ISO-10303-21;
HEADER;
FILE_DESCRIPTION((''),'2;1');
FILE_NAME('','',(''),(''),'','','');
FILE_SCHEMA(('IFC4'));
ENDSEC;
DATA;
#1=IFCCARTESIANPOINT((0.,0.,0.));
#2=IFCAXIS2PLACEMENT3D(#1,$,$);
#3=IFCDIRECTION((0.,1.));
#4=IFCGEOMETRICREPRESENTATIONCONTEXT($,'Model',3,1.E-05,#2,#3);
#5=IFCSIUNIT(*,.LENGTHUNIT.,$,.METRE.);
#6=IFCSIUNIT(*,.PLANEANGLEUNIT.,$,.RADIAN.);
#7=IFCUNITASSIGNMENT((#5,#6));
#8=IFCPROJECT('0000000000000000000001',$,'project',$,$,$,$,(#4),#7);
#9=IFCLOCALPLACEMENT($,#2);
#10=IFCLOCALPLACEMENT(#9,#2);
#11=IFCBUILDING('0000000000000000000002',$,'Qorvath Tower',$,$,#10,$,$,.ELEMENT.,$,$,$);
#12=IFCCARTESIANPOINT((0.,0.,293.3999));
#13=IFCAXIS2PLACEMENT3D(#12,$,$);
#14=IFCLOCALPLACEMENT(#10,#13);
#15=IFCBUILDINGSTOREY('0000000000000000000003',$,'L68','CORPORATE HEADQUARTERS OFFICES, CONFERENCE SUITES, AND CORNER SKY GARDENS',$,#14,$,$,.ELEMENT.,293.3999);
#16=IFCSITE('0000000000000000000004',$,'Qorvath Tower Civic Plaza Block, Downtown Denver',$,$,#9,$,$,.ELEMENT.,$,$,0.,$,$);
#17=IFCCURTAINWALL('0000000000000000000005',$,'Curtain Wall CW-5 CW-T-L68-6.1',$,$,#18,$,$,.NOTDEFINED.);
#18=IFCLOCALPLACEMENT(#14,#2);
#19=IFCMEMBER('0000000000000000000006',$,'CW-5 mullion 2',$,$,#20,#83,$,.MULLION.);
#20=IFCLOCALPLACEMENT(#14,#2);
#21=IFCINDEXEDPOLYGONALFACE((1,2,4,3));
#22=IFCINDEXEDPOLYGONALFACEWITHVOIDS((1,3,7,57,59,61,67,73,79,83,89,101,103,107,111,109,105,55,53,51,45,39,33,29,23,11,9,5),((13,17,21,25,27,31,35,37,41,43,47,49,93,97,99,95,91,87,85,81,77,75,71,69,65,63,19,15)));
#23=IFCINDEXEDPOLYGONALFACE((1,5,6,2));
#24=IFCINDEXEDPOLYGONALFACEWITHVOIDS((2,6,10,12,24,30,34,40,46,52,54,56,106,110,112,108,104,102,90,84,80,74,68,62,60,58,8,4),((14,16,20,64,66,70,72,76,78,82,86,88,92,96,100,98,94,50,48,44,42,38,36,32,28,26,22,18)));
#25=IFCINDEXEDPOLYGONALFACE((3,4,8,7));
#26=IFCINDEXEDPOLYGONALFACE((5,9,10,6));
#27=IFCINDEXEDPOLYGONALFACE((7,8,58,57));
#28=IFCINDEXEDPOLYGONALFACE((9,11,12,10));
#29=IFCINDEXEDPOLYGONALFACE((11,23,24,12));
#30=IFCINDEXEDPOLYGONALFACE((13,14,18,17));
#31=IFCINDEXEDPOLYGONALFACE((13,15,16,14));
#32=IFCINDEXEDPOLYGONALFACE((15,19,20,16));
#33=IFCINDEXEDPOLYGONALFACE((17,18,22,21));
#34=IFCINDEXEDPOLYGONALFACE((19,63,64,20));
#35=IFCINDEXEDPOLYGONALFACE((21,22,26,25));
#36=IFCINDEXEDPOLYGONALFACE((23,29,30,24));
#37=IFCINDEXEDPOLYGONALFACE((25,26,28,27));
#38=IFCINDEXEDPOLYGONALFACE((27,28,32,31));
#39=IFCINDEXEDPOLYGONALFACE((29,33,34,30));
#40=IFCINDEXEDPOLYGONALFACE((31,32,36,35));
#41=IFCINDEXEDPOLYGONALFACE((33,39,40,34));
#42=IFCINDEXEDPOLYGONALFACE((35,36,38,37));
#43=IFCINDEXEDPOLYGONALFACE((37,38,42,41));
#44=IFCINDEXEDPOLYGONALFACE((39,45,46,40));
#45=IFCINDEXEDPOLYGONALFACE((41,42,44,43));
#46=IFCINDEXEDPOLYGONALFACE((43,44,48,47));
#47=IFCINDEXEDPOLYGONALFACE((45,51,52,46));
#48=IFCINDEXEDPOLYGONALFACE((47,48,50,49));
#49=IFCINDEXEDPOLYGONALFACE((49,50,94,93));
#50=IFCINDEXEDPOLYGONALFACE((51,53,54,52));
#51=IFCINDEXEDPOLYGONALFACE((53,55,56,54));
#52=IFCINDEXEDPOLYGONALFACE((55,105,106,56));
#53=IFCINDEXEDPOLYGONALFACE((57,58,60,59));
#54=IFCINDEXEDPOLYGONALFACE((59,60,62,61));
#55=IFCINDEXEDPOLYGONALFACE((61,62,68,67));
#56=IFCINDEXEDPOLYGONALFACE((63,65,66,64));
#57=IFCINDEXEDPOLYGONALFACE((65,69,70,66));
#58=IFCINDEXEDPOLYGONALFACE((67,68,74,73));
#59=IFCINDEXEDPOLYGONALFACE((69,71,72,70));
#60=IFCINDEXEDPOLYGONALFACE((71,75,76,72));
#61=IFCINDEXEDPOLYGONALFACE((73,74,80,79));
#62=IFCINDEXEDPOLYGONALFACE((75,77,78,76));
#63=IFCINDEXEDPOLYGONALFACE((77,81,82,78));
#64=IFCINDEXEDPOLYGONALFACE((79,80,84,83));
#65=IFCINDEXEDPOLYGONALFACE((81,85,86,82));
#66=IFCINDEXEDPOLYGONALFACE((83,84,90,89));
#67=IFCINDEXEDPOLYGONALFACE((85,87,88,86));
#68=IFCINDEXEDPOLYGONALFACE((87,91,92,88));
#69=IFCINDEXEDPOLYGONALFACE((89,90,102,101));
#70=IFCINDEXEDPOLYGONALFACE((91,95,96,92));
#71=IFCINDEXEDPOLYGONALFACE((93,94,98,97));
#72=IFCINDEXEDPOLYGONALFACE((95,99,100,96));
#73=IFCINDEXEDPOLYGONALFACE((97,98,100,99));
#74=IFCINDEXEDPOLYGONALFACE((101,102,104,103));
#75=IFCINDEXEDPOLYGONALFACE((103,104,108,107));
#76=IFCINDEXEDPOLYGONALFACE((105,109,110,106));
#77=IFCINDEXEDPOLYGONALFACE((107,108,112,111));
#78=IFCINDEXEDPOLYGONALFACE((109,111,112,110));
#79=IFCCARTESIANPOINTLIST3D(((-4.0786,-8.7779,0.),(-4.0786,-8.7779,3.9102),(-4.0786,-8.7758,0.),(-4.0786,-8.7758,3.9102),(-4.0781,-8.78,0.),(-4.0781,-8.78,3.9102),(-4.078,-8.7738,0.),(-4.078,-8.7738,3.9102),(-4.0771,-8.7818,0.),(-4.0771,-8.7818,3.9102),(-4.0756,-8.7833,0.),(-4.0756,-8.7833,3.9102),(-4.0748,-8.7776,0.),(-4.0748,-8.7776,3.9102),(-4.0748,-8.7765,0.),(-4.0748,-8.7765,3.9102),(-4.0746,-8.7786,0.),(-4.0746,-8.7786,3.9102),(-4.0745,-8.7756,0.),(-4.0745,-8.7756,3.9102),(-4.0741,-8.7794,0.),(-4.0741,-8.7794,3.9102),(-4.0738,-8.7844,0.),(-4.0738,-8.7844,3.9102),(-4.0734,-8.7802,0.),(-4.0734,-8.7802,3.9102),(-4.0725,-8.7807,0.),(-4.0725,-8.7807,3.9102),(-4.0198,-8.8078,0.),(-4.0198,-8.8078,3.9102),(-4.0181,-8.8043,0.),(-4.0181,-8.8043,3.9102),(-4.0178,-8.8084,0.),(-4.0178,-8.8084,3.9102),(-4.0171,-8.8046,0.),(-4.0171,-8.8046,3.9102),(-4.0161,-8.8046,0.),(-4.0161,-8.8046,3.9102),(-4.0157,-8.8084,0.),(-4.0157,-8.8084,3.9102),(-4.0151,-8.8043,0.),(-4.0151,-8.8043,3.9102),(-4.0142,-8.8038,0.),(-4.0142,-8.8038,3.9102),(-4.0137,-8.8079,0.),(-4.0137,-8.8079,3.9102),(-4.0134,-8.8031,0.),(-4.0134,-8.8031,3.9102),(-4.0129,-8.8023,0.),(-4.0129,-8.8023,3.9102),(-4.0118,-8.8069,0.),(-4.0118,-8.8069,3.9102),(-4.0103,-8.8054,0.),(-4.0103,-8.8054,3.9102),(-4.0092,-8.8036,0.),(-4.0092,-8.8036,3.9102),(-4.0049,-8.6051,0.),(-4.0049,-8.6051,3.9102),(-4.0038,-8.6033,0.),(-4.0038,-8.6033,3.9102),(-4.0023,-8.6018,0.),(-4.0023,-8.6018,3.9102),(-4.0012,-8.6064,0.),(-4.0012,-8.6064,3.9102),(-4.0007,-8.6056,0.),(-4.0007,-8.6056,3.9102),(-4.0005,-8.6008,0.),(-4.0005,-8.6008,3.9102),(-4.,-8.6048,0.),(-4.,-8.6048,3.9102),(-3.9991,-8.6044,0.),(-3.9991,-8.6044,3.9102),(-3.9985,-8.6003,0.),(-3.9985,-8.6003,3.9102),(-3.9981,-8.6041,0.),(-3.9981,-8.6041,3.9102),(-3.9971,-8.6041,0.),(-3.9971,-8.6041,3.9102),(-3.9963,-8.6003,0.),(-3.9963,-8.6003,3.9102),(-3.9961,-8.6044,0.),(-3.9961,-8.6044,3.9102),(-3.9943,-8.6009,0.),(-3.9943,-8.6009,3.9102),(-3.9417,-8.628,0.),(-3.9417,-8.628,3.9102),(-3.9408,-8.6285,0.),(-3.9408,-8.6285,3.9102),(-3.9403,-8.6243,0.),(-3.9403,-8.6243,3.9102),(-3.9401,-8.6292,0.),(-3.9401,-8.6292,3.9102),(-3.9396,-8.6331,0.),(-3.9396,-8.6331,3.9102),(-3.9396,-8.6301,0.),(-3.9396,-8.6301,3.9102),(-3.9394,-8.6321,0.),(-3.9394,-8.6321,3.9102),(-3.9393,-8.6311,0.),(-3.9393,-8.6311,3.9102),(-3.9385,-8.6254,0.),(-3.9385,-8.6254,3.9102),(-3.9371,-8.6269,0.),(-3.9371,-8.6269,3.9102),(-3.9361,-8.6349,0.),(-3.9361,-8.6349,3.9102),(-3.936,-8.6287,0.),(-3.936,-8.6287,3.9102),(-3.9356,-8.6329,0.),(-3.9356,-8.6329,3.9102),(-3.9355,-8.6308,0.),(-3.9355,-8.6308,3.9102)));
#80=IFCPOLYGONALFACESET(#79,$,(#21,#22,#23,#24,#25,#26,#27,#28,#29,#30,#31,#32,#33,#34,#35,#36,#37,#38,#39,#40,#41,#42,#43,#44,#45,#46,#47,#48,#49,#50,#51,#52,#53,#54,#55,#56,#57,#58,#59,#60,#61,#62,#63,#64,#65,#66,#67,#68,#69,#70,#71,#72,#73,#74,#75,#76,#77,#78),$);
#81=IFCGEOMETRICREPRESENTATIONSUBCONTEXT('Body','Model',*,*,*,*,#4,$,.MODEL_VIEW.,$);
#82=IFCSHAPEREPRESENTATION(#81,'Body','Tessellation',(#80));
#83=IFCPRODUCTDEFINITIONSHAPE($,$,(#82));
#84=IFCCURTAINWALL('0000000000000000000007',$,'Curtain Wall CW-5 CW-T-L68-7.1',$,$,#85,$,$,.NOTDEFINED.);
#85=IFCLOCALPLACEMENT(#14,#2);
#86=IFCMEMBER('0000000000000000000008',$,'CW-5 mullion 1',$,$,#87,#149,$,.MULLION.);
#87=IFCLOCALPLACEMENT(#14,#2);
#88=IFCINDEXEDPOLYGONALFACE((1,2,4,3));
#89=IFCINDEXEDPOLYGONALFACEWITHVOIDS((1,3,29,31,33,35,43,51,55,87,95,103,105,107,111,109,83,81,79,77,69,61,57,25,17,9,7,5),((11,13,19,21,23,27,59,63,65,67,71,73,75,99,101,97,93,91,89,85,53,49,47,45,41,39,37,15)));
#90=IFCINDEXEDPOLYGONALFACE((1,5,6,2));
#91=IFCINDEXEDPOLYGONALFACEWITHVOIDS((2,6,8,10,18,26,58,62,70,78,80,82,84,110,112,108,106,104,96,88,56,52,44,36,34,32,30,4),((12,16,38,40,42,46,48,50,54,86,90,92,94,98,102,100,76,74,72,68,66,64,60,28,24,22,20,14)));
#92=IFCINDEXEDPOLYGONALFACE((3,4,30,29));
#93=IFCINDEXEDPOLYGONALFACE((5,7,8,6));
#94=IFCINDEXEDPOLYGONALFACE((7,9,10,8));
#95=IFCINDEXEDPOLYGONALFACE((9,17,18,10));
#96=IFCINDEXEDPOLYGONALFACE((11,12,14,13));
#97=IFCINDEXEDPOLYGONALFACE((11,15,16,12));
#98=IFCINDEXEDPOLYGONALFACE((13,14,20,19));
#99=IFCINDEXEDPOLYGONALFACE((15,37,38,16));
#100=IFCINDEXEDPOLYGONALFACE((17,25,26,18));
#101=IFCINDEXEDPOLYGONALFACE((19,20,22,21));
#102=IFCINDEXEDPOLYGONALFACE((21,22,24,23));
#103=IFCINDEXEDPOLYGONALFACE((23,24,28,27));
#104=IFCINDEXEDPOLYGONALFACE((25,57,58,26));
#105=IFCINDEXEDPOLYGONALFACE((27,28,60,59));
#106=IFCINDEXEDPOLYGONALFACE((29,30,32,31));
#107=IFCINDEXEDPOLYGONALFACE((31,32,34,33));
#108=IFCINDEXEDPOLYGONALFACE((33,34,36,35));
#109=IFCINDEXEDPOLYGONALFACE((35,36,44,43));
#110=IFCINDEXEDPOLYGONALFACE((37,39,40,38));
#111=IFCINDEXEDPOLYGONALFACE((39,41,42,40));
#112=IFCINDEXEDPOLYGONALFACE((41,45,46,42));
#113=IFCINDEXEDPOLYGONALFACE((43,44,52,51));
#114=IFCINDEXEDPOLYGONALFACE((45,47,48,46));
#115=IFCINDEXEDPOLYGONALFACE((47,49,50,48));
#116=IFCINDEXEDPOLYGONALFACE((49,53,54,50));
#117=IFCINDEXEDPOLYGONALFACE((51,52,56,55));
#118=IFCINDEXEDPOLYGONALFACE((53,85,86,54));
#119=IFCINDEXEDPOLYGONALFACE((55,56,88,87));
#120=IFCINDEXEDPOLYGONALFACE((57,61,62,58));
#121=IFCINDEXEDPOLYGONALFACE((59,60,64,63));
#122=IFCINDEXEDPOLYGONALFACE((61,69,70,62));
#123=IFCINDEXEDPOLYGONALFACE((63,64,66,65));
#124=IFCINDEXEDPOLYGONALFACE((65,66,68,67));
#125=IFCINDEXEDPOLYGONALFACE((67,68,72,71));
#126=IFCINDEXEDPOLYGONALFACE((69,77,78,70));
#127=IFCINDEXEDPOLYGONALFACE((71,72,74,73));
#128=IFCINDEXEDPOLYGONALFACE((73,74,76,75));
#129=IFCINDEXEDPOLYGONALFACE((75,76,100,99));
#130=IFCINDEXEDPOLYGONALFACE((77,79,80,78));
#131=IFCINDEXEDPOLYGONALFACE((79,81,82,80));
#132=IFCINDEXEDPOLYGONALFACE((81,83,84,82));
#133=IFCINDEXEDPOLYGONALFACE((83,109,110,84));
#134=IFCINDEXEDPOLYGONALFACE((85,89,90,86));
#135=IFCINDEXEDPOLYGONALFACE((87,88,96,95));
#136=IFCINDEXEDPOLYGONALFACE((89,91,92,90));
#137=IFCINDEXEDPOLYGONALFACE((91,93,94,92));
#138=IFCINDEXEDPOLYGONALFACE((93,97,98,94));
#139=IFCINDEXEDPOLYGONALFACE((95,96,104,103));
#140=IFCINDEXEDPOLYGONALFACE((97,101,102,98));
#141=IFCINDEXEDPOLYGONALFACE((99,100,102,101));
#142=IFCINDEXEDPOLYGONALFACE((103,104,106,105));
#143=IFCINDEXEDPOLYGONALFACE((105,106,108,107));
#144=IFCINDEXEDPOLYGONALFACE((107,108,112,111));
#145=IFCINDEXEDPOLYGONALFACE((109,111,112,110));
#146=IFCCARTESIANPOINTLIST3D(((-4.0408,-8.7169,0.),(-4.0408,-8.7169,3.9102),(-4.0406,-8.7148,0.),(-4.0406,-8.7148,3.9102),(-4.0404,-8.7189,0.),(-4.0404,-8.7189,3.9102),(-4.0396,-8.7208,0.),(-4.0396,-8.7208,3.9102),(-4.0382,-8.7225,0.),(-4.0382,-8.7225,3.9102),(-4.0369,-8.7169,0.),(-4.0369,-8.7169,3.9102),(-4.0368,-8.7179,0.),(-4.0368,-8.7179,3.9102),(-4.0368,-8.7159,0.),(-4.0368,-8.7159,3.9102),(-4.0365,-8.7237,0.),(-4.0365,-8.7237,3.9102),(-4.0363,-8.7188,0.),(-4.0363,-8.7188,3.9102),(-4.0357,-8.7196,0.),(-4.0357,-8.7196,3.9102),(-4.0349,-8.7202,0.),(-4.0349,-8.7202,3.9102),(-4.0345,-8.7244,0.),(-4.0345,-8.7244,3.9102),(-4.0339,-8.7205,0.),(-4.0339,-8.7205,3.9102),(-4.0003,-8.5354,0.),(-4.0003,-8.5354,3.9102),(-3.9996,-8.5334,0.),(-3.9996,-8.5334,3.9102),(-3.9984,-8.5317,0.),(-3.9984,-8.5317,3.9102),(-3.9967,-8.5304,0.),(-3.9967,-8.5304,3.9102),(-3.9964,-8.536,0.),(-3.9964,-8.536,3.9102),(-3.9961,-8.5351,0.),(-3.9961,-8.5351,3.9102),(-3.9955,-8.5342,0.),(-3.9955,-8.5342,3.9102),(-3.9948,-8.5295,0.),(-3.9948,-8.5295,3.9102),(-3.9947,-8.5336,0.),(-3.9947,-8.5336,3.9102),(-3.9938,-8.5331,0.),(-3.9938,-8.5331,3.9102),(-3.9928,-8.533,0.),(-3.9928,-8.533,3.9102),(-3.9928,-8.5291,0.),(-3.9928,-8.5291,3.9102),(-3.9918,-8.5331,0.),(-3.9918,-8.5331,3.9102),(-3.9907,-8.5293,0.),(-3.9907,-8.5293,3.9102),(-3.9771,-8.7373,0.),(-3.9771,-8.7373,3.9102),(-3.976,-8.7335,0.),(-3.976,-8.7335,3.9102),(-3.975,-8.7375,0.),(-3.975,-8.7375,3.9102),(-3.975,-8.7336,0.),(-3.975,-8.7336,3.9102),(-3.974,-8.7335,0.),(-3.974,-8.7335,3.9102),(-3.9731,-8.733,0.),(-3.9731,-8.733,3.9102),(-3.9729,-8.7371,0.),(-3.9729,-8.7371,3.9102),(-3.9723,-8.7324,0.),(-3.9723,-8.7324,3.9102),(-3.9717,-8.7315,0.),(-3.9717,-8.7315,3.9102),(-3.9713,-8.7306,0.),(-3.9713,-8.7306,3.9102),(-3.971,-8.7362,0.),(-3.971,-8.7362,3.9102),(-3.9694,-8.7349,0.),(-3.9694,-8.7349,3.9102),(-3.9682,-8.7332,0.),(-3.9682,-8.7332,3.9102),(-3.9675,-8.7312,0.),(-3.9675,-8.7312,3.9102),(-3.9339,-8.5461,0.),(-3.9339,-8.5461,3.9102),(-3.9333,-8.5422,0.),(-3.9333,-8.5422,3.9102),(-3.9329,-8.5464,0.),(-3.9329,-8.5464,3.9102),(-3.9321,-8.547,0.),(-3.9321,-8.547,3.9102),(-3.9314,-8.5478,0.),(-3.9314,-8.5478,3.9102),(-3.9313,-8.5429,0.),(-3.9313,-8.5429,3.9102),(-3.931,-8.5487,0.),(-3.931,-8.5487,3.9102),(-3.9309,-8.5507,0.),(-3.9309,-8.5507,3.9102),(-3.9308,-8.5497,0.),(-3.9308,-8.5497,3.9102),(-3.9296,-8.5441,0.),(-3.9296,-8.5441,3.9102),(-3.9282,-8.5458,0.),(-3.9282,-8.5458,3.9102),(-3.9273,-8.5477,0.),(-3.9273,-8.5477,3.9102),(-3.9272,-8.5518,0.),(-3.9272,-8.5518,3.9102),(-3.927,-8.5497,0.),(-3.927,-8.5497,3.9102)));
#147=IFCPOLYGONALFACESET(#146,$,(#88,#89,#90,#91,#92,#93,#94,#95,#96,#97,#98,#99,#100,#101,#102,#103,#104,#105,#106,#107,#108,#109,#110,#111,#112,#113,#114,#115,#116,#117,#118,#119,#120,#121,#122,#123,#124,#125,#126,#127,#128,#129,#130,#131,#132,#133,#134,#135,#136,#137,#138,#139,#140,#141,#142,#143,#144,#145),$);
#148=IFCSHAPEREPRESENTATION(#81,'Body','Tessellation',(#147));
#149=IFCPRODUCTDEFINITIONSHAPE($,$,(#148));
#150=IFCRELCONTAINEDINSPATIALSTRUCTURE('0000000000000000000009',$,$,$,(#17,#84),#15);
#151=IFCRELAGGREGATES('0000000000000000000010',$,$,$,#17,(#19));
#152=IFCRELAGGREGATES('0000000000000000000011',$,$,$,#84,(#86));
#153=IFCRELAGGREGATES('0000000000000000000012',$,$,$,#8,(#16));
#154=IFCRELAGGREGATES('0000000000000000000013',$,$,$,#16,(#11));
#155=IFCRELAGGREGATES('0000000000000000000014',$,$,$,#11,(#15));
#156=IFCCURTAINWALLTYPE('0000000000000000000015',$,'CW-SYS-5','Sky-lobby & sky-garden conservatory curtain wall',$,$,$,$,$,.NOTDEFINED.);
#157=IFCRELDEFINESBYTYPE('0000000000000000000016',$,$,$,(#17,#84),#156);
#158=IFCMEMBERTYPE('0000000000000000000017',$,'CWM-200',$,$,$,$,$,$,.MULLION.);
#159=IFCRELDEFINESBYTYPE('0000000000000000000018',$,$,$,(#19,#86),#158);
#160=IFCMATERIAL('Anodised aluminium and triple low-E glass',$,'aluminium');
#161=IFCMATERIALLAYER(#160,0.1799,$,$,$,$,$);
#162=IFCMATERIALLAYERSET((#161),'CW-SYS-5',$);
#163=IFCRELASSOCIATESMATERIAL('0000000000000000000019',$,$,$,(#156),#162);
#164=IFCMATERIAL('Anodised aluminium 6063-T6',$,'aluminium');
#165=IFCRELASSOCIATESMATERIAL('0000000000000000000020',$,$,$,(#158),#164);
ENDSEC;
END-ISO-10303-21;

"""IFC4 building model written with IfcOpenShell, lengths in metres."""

from ifc_helpers import new_model, si_unit, direction, frame, origin, origin_2d, place, context, subcontext, project, spatial, hollow_rectangle, extrude, material, layer, layer_set, material_profile, profile_set, type_object, element, aggregate, save


model = new_model("IFC4")

# Units and contexts
model_context = context("Model", 3, precision=1e-05, world=origin(), true_north=direction((0.0, 1.0)))
body_context = subcontext(model_context, "Body", "Model", "MODEL_VIEW")
ifc_project = project(units=[si_unit("LENGTHUNIT", "METRE"), si_unit("PLANEANGLEUNIT", "RADIAN")], contexts=[model_context])

# Site, building, storey
site_placement = place(None, origin())
site = spatial("IfcSite", under=ifc_project, at=site_placement, Name="Qorvath Tower Civic Plaza Block, Downtown Denver", CompositionType="ELEMENT", RefElevation=0.0)
building_placement = place(site_placement, origin())
building = spatial("IfcBuilding", under=site, at=building_placement, Name="Qorvath Tower", CompositionType="ELEMENT")
storey_placement = place(building_placement, frame((0.0, 0.0, 293.3999)))
storey = spatial("IfcBuildingStorey", under=building, at=storey_placement, Name="L68", Description="CORPORATE HEADQUARTERS OFFICES, CONFERENCE SUITES, AND CORNER SKY GARDENS", CompositionType="ELEMENT", Elevation=293.3999)

# Shared definitions
ifc_material_1 = material(Name="Anodised aluminium and triple low-E glass", Category="aluminium")
ifc_layer_1 = layer(ifc_material_1, 0.1799)
ifc_layer_set_1 = layer_set([ifc_layer_1], Name="CW-SYS-5")
curtain_wall_type = type_object("IfcCurtainWallType", Name="CW-SYS-5", Description="Sky-lobby & sky-garden conservatory curtain wall", PredefinedType="NOTDEFINED", material=ifc_layer_set_1)
ifc_material_2 = material(Name="Anodised aluminium 6063-T6", Category="aluminium")
ifc_material_profile_1 = material_profile(ifc_material_2, hollow_rectangle(XDim=0.075, YDim=0.2, WallThickness=0.0039, InnerFilletRadius=0.0039, OuterFilletRadius=0.0081, at=origin_2d()), Name="CWM 200x75")
ifc_profile_set_1 = profile_set([ifc_material_profile_1], Name="Anodised aluminium 6063-T6")
member_type_1 = type_object("IfcMemberType", Name="CWM-200", PredefinedType="MULLION", material=ifc_profile_set_1)

# Curtain wall, member
curtain_wall_1_placement = place(storey_placement, origin())
curtain_wall_1 = element("IfcCurtainWall", 1, at=curtain_wall_1_placement, inside=storey, type_object=curtain_wall_type, Name="Curtain Wall CW-5 CW-T-L68-6.1", PredefinedType="NOTDEFINED")
member_1_placement = place(storey_placement, frame((-4.0071, -8.7043, 0.0), z_axis=(0.0, 0.0, 1.0), x_axis=(-0.917571, 0.397572, 0.0)))
member_1 = element("IfcMember", 2, at=member_1_placement, type_object=member_type_1, Name="CW-5 mullion 2", PredefinedType="MULLION", context=body_context, shape_type="SweptSolid", body=[
    extrude(hollow_rectangle(XDim=0.075, YDim=0.2, WallThickness=0.0039, InnerFilletRadius=0.0039, OuterFilletRadius=0.0081, at=origin_2d()), origin(), (0.0, 0.0, 1.0), 3.9102),
])

# Curtain wall, member
curtain_wall_2_placement = place(storey_placement, origin())
curtain_wall_2 = element("IfcCurtainWall", 3, at=curtain_wall_2_placement, inside=storey, type_object=curtain_wall_type, Name="Curtain Wall CW-5 CW-T-L68-7.1", PredefinedType="NOTDEFINED")
member_2_placement = place(storey_placement, frame((-3.9839, -8.6333, 0.0), z_axis=(0.0, 0.0, 1.0), x_axis=(-0.975665, 0.219267, 0.0)))
member_2 = element("IfcMember", 4, at=member_2_placement, type_object=member_type_1, Name="CW-5 mullion 1", PredefinedType="MULLION", context=body_context, shape_type="SweptSolid", body=[
    extrude(hollow_rectangle(XDim=0.075, YDim=0.2, WallThickness=0.0039, InnerFilletRadius=0.0039, OuterFilletRadius=0.0081, at=origin_2d()), origin(), (0.0, 0.0, 1.0), 3.9102),
])

aggregate(curtain_wall_1, [member_1])
aggregate(curtain_wall_2, [member_2])

save(model, "model.ifc")
